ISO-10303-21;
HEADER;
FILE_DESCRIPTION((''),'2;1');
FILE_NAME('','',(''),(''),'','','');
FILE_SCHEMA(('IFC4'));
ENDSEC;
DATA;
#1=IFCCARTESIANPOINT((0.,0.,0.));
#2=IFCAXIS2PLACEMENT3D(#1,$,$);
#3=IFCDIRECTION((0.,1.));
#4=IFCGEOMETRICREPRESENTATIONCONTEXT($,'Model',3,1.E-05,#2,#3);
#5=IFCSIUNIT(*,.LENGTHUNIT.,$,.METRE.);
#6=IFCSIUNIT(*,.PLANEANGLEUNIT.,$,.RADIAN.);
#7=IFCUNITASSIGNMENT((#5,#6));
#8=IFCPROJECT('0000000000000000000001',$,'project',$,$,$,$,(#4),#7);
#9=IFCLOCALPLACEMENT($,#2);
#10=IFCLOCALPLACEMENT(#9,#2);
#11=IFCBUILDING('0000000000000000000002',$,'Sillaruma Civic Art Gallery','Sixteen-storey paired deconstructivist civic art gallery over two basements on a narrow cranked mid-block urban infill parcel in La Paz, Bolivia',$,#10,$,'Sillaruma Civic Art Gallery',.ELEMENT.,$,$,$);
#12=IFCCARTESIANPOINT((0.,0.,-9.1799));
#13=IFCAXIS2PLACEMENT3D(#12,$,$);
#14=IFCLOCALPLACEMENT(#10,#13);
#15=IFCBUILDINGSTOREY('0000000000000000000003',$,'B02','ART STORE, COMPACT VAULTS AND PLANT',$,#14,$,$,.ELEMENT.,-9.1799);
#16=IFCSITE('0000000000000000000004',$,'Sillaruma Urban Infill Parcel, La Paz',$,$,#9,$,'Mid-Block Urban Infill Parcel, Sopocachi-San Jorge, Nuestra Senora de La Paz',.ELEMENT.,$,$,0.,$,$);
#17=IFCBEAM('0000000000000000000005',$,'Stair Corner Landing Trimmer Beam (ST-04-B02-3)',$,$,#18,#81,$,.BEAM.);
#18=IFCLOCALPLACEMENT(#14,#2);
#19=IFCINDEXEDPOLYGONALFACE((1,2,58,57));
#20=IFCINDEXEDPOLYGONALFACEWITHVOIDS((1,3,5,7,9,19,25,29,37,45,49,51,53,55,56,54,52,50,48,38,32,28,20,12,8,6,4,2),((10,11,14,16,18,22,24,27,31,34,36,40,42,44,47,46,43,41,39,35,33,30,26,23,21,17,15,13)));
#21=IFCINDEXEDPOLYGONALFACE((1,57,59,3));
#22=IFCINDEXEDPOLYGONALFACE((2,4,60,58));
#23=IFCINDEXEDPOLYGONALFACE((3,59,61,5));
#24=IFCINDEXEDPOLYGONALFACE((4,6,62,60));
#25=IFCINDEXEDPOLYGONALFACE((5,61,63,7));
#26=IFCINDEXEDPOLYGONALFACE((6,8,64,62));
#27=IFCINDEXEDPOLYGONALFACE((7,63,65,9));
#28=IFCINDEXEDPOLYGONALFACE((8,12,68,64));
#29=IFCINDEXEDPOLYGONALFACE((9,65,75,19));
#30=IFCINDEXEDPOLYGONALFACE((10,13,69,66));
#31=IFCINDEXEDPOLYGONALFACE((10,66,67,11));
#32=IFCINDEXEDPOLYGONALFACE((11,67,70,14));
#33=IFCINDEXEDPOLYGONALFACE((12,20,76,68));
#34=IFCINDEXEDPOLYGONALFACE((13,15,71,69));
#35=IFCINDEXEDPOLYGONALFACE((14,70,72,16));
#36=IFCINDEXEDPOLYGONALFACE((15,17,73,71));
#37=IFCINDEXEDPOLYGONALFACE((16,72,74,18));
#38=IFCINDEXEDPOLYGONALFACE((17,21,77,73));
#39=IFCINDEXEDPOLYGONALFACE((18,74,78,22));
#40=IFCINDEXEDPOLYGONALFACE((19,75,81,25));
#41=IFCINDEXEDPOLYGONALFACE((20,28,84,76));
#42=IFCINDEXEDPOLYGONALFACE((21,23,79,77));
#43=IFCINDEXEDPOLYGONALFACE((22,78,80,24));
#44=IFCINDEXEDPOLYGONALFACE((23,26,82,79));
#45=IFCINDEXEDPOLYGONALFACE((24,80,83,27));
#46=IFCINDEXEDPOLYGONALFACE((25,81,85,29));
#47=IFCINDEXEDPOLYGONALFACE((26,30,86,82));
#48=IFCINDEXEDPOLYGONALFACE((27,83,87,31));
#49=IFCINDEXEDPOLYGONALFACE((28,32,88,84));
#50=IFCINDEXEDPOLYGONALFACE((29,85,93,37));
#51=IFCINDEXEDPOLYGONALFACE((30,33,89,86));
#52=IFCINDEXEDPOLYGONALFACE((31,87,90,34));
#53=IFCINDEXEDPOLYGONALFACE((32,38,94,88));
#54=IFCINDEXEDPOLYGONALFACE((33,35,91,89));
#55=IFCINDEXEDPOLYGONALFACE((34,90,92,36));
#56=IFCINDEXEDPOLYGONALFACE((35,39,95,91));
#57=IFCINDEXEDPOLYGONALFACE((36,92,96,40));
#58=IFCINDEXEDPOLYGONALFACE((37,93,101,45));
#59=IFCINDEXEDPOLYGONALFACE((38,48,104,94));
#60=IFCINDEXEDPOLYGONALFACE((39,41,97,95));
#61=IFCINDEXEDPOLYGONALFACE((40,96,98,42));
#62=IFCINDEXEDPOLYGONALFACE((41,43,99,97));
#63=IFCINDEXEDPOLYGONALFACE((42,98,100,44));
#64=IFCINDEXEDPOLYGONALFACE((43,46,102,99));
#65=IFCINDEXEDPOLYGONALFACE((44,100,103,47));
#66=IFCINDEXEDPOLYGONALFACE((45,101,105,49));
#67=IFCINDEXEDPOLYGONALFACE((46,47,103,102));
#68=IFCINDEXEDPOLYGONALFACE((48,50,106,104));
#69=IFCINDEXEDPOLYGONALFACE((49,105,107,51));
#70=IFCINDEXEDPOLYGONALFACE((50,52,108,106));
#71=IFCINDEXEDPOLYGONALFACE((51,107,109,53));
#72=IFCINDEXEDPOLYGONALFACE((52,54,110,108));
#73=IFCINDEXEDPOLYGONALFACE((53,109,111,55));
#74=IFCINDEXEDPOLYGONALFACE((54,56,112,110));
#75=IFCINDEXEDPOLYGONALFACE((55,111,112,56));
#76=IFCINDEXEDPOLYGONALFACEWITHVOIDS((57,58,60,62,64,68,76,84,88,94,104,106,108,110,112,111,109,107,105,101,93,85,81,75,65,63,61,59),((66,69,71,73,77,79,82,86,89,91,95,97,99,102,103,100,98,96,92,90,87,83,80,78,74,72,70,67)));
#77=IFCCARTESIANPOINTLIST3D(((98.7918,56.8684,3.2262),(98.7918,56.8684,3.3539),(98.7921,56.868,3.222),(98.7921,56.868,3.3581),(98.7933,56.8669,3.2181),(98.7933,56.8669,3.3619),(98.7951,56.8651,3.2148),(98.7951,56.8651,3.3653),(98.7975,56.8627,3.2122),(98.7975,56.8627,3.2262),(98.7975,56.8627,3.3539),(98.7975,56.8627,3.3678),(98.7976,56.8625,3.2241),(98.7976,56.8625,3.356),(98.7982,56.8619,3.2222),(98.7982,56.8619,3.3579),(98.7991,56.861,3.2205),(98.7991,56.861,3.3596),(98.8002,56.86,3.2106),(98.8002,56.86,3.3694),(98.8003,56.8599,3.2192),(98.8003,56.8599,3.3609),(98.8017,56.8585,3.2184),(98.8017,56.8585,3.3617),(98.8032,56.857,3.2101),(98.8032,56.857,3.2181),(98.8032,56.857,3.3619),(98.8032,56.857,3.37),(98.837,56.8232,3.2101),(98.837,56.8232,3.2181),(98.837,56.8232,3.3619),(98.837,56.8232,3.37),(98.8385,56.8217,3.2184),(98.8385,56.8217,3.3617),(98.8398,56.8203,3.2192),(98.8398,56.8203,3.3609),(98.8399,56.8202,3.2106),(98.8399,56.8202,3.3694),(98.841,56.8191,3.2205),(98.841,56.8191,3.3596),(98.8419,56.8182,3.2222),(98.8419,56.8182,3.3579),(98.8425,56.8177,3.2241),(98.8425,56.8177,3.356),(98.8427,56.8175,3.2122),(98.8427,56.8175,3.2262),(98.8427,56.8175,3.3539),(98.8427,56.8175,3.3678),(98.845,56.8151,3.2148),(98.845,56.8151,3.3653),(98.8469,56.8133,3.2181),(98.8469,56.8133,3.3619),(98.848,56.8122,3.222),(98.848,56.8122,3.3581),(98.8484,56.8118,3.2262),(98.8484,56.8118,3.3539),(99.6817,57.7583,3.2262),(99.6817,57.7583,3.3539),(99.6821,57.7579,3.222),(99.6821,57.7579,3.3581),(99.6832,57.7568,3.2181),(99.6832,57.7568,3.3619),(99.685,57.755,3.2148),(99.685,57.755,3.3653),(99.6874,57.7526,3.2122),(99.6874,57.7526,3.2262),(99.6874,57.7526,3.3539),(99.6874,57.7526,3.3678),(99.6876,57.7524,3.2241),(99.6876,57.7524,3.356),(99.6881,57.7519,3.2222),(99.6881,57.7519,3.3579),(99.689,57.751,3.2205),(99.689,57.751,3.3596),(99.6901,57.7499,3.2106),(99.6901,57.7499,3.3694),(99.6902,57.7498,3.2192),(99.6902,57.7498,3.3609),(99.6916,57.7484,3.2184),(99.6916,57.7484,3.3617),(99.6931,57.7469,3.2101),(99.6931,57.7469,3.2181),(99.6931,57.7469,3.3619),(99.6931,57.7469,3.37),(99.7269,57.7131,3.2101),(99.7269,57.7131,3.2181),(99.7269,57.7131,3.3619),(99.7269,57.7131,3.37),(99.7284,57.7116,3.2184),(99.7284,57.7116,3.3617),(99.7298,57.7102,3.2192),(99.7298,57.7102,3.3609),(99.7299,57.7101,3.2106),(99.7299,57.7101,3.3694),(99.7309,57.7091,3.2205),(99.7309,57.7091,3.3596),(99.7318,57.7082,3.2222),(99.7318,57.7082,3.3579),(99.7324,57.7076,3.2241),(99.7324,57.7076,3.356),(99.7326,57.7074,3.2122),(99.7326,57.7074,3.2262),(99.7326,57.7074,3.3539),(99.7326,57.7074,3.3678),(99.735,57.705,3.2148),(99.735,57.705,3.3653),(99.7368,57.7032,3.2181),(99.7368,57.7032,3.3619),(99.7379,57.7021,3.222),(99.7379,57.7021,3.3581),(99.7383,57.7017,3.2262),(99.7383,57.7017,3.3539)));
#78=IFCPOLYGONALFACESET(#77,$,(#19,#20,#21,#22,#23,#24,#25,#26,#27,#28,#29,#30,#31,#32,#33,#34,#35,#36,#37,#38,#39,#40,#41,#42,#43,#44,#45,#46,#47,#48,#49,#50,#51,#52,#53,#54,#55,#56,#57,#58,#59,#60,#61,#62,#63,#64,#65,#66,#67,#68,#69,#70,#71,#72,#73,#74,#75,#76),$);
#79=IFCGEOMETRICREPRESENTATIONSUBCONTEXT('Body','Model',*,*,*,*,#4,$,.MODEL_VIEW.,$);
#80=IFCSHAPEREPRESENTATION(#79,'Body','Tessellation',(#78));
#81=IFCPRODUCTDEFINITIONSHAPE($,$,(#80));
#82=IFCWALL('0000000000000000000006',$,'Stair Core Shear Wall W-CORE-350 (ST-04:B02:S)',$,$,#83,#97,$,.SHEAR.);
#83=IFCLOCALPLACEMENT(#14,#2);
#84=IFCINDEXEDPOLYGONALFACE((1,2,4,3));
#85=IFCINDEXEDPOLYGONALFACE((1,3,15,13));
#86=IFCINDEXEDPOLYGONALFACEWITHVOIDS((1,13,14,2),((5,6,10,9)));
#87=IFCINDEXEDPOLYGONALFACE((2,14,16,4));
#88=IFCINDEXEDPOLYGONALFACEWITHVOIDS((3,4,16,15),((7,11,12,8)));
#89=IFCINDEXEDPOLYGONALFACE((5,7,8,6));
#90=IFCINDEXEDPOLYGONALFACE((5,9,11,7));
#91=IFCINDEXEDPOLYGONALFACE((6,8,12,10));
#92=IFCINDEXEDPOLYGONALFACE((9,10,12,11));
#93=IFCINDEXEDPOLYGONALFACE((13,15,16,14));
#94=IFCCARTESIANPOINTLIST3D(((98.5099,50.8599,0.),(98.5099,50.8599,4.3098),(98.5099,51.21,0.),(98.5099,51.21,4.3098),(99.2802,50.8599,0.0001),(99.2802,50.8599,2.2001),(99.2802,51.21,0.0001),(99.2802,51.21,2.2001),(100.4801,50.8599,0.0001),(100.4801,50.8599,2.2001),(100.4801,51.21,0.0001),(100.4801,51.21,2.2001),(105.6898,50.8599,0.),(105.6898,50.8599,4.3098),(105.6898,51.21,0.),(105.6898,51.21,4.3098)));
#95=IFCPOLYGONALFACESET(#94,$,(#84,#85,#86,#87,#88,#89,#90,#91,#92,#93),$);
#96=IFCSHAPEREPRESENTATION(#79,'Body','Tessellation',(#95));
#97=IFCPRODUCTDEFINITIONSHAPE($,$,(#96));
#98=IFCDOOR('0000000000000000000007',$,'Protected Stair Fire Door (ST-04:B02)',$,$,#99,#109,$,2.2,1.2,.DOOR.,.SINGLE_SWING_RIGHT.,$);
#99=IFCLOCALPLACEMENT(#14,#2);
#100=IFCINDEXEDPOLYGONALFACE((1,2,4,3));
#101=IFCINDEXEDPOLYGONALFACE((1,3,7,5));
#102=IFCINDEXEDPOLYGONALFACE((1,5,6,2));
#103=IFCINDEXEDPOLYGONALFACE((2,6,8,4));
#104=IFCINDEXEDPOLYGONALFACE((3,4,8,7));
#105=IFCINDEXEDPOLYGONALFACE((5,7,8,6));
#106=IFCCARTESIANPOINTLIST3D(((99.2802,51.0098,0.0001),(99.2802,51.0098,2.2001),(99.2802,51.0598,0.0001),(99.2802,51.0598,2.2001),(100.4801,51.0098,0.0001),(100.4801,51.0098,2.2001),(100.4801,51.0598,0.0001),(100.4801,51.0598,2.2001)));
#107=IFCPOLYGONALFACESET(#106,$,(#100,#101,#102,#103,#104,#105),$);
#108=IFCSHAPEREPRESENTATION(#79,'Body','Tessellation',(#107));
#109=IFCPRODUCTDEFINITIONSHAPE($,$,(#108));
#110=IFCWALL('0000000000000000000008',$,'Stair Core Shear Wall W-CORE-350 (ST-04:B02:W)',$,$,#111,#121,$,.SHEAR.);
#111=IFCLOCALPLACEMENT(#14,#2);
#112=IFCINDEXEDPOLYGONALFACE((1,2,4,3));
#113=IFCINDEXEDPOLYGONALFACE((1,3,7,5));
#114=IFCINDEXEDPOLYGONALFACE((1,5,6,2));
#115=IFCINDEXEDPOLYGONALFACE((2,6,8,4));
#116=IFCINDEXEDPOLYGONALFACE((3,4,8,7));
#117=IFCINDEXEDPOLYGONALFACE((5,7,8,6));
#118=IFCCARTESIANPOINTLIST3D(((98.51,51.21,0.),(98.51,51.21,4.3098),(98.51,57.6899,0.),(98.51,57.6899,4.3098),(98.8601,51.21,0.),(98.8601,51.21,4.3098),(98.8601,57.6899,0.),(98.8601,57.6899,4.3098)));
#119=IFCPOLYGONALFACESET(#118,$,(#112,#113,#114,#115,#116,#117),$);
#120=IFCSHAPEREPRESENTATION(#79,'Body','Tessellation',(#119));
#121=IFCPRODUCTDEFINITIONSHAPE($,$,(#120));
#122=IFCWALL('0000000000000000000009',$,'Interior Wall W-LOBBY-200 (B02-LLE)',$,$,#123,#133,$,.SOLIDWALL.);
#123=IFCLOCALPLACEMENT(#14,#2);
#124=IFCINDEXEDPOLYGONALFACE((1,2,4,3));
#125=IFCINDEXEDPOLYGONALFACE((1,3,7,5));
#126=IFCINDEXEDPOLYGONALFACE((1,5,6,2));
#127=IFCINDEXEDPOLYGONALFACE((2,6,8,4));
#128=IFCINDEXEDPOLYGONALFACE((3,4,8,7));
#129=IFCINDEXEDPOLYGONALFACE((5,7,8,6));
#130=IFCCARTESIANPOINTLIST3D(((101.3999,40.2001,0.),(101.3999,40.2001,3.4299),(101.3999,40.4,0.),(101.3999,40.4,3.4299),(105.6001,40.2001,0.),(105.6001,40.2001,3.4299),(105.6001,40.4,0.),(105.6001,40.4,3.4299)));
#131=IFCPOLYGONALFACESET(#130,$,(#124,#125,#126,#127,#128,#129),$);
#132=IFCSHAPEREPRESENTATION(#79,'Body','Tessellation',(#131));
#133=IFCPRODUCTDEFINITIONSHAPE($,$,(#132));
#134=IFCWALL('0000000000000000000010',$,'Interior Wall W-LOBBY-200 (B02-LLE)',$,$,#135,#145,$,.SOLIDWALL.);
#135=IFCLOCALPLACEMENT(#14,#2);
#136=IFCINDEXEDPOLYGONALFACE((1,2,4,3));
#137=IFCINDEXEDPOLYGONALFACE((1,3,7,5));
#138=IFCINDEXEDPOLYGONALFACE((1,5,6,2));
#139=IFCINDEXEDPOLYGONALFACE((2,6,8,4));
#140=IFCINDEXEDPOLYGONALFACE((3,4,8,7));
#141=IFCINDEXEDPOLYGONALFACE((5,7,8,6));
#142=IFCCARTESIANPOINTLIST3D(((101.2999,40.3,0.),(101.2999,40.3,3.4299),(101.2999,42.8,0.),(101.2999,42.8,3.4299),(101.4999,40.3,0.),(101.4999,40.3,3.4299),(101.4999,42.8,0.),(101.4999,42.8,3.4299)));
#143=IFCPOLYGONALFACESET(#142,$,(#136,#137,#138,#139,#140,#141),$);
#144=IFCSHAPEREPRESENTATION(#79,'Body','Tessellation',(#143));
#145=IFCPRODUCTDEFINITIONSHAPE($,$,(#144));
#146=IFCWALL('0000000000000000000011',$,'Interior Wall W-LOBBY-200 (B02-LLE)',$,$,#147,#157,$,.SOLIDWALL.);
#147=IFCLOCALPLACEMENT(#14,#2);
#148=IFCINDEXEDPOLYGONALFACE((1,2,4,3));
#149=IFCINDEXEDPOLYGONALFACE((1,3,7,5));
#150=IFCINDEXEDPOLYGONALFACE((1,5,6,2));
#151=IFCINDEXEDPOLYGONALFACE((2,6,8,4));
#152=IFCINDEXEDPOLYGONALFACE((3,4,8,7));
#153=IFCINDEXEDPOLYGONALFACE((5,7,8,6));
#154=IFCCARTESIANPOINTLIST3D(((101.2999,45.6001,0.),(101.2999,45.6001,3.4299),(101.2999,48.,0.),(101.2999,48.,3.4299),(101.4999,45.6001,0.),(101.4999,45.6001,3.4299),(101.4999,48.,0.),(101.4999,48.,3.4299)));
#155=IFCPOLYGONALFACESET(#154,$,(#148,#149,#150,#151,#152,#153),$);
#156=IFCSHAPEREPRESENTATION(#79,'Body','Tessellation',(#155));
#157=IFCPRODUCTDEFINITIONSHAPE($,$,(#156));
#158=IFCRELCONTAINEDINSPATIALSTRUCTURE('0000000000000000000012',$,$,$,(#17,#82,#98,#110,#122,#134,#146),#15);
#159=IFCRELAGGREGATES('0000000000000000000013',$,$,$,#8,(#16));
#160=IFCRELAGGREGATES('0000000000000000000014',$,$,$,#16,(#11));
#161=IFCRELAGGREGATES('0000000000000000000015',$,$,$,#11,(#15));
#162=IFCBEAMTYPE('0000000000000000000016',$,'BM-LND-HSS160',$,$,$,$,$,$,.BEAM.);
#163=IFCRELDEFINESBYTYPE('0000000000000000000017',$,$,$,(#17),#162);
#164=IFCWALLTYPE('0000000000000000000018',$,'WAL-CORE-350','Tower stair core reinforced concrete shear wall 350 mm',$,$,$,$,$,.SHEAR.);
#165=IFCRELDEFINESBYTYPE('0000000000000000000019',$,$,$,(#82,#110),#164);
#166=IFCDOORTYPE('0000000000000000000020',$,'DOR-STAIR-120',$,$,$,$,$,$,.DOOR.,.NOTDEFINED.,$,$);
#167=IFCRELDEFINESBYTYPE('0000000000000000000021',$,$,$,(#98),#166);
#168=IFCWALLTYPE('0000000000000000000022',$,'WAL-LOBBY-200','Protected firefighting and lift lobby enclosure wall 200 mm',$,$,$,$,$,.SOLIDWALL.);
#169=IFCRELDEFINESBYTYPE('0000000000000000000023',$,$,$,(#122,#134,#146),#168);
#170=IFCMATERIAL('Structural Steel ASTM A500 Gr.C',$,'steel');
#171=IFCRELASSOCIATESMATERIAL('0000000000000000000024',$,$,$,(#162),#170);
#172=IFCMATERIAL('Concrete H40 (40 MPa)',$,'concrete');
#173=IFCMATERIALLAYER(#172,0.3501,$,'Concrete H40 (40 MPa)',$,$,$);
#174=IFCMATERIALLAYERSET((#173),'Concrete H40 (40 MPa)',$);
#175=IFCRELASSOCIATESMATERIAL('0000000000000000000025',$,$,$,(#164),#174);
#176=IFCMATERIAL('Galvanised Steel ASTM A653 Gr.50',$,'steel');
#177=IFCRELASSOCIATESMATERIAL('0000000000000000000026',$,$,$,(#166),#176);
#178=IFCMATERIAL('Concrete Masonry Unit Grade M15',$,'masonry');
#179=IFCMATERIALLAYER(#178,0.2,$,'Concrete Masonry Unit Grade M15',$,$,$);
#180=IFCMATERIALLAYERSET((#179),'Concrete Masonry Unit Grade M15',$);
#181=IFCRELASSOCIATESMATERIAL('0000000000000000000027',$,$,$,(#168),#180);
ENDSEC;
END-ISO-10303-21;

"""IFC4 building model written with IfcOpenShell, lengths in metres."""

from ifc_helpers import new_model, si_unit, direction, frame, frame_2d, origin, origin_2d, place, context, subcontext, project, spatial, rectangle, hollow_rectangle, extrude, material, layer, layer_set, material_profile, profile_set, type_object, element, fill, save


model = new_model("IFC4")

# Units and contexts
model_context = context("Model", 3, precision=1e-05, world=origin(), true_north=direction((0.0, 1.0)))
body_context = subcontext(model_context, "Body", "Model", "MODEL_VIEW")
ifc_project = project(units=[si_unit("LENGTHUNIT", "METRE"), si_unit("PLANEANGLEUNIT", "RADIAN")], contexts=[model_context])

# Site, building, storey
site_placement = place(None, origin())
site = spatial("IfcSite", under=ifc_project, at=site_placement, Name="Sillaruma Urban Infill Parcel, La Paz", LongName="Mid-Block Urban Infill Parcel, Sopocachi-San Jorge, Nuestra Senora de La Paz", CompositionType="ELEMENT", RefElevation=0.0)
building_placement = place(site_placement, origin())
building = spatial("IfcBuilding", under=site, at=building_placement, Name="Sillaruma Civic Art Gallery", Description="Sixteen-storey paired deconstructivist civic art gallery over two basements on a narrow cranked mid-block urban infill parcel in La Paz, Bolivia", LongName="Sillaruma Civic Art Gallery", CompositionType="ELEMENT")
storey_placement = place(building_placement, frame((0.0, 0.0, -9.1799)))
storey = spatial("IfcBuildingStorey", under=building, at=storey_placement, Name="B02", Description="ART STORE, COMPACT VAULTS AND PLANT", CompositionType="ELEMENT", Elevation=-9.1799)

# Shared definitions
ifc_material_1 = material(Name="Concrete H40 (40 MPa)", Category="concrete")

# Beam
ifc_material_2 = material(Name="Structural Steel ASTM A500 Gr.C", Category="steel")
ifc_material_profile_1 = material_profile(ifc_material_2, hollow_rectangle(XDim=0.0801, YDim=0.1599, WallThickness=0.0081, InnerFilletRadius=0.0081, OuterFilletRadius=0.0161, at=origin_2d()), Name="HSS160x80x8")
ifc_profile_set_1 = profile_set([ifc_material_profile_1], Name="Structural Steel ASTM A500 Gr.C")
beam_type = type_object("IfcBeamType", Name="BM-LND-HSS160", PredefinedType="BEAM", material=ifc_profile_set_1)
for number, where, z_axis, x_axis, name in (
    (1, (98.8201, 56.8401, 3.29), (0.707107, 0.707107, 0.0), (-0.707107, 0.707107, 0.0), "Stair Corner Landing Trimmer Beam (ST-04-B02-3)"),
):
    element("IfcBeam", number, at=place(storey_placement, frame(where, z_axis=z_axis, x_axis=x_axis)), inside=storey, type_object=beam_type, Name=name, PredefinedType="BEAM", context=body_context, shape_type="SweptSolid", body=[
        extrude(hollow_rectangle(XDim=0.0801, YDim=0.1599, WallThickness=0.0081, InnerFilletRadius=0.0081, OuterFilletRadius=0.0161, at=origin_2d()), origin(), (0.0, 0.0, 1.0), 1.2585),
    ])

# Wall, opening, door
ifc_layer_1 = layer(ifc_material_1, 0.3501, Name="Concrete H40 (40 MPa)")
ifc_layer_set_1 = layer_set([ifc_layer_1], Name="Concrete H40 (40 MPa)")
wall_type_1 = type_object("IfcWallType", Name="WAL-CORE-350", Description="Tower stair core reinforced concrete shear wall 350 mm", PredefinedType="SHEAR", material=ifc_layer_set_1)
wall_1_placement = place(storey_placement, frame((98.51, 51.0349, 0.0), z_axis=(0.0, 0.0, 1.0), x_axis=(1.0, 0.0, 0.0)))
wall_1 = element("IfcWall", 2, at=wall_1_placement, inside=storey, type_object=wall_type_1, Name="Stair Core Shear Wall W-CORE-350 (ST-04:B02:S)", PredefinedType="SHEAR", context=body_context, shape_type="SweptSolid", body=[
    extrude(rectangle(XDim=7.1799, YDim=0.3501, at=frame_2d((3.5898, 0.0))), origin(), (0.0, 0.0, 1.0), 4.3098),
])
opening_1_placement = place(wall_1_placement, frame((0.77, 0.0, 0.0)))
opening_1 = element("IfcOpeningElement", 3, at=opening_1_placement, cuts=wall_1, PredefinedType="OPENING", context=body_context, shape_type="SweptSolid", body=[
    extrude(rectangle(XDim=1.2, YDim=2.2, at=frame_2d((0.6001, 1.1001))), frame((0.0, 0.1851, 0.0), z_axis=(0.0, -1.0, 0.0), x_axis=(1.0, 0.0, 0.0)), (0.0, 0.0, 1.0), 0.3701),
])
ifc_material_3 = material(Name="Galvanised Steel ASTM A653 Gr.50", Category="steel")
door_type_1 = type_object("IfcDoorType", Name="DOR-STAIR-120", OperationType="NOTDEFINED", PredefinedType="DOOR", material=ifc_material_3)
door_1_placement = place(opening_1_placement, origin())
door_1 = element("IfcDoor", 4, at=door_1_placement, inside=storey, type_object=door_type_1, Name="Protected Stair Fire Door (ST-04:B02)", OperationType="SINGLE_SWING_RIGHT", OverallHeight=2.2, OverallWidth=1.2, PredefinedType="DOOR", context=body_context, shape_type="SweptSolid", body=[
    extrude(rectangle(XDim=1.2, YDim=2.2, at=frame_2d((0.6001, 1.1001))), frame((0.0, 0.0249, 0.0), z_axis=(0.0, -1.0, 0.0), x_axis=(1.0, 0.0, 0.0)), (0.0, 0.0, 1.0), 0.05),
])
fill(opening_1, door_1)

# Walls
wall_2_placement = place(storey_placement, frame((98.6851, 51.21, 0.0), z_axis=(0.0, 0.0, 1.0), x_axis=(0.0, 1.0, 0.0)))
element("IfcWall", 5, at=wall_2_placement, inside=storey, type_object=wall_type_1, Name="Stair Core Shear Wall W-CORE-350 (ST-04:B02:W)", PredefinedType="SHEAR", context=body_context, shape_type="SweptSolid", body=[
    extrude(rectangle(XDim=6.48, YDim=0.3501, at=frame_2d((3.24, 0.0))), origin(), (0.0, 0.0, 1.0), 4.3098),
])
ifc_material_4 = material(Name="Concrete Masonry Unit Grade M15", Category="masonry")
ifc_layer_2 = layer(ifc_material_4, 0.2, Name="Concrete Masonry Unit Grade M15")
ifc_layer_set_2 = layer_set([ifc_layer_2], Name="Concrete Masonry Unit Grade M15")
wall_type_2 = type_object("IfcWallType", Name="WAL-LOBBY-200", Description="Protected firefighting and lift lobby enclosure wall 200 mm", PredefinedType="SOLIDWALL", material=ifc_layer_set_2)
wall_3_placement = place(storey_placement, frame((101.3999, 40.3, 0.0), z_axis=(0.0, 0.0, 1.0), x_axis=(1.0, 0.0, 0.0)))
element("IfcWall", 6, at=wall_3_placement, inside=storey, type_object=wall_type_2, Name="Interior Wall W-LOBBY-200 (B02-LLE)", PredefinedType="SOLIDWALL", context=body_context, shape_type="SweptSolid", body=[
    extrude(rectangle(XDim=4.2002, YDim=0.2, at=frame_2d((2.1001, 0.0))), origin(), (0.0, 0.0, 1.0), 3.4299),
])
wall_4_placement = place(storey_placement, frame((101.3999, 40.3, 0.0), z_axis=(0.0, 0.0, 1.0), x_axis=(0.0, 1.0, 0.0)))
element("IfcWall", 7, at=wall_4_placement, inside=storey, type_object=wall_type_2, Name="Interior Wall W-LOBBY-200 (B02-LLE)", PredefinedType="SOLIDWALL", context=body_context, shape_type="SweptSolid", body=[
    extrude(rectangle(XDim=2.5, YDim=0.2, at=frame_2d((1.25, 0.0))), origin(), (0.0, 0.0, 1.0), 3.4299),
])
wall_5_placement = place(storey_placement, frame((101.3999, 45.6001, 0.0), z_axis=(0.0, 0.0, 1.0), x_axis=(0.0, 1.0, 0.0)))
element("IfcWall", 8, at=wall_5_placement, inside=storey, type_object=wall_type_2, Name="Interior Wall W-LOBBY-200 (B02-LLE)", PredefinedType="SOLIDWALL", context=body_context, shape_type="SweptSolid", body=[
    extrude(rectangle(XDim=2.3999, YDim=0.2, at=frame_2d((1.2, 0.0))), origin(), (0.0, 0.0, 1.0), 3.4299),
])

save(model, "model.ifc")
